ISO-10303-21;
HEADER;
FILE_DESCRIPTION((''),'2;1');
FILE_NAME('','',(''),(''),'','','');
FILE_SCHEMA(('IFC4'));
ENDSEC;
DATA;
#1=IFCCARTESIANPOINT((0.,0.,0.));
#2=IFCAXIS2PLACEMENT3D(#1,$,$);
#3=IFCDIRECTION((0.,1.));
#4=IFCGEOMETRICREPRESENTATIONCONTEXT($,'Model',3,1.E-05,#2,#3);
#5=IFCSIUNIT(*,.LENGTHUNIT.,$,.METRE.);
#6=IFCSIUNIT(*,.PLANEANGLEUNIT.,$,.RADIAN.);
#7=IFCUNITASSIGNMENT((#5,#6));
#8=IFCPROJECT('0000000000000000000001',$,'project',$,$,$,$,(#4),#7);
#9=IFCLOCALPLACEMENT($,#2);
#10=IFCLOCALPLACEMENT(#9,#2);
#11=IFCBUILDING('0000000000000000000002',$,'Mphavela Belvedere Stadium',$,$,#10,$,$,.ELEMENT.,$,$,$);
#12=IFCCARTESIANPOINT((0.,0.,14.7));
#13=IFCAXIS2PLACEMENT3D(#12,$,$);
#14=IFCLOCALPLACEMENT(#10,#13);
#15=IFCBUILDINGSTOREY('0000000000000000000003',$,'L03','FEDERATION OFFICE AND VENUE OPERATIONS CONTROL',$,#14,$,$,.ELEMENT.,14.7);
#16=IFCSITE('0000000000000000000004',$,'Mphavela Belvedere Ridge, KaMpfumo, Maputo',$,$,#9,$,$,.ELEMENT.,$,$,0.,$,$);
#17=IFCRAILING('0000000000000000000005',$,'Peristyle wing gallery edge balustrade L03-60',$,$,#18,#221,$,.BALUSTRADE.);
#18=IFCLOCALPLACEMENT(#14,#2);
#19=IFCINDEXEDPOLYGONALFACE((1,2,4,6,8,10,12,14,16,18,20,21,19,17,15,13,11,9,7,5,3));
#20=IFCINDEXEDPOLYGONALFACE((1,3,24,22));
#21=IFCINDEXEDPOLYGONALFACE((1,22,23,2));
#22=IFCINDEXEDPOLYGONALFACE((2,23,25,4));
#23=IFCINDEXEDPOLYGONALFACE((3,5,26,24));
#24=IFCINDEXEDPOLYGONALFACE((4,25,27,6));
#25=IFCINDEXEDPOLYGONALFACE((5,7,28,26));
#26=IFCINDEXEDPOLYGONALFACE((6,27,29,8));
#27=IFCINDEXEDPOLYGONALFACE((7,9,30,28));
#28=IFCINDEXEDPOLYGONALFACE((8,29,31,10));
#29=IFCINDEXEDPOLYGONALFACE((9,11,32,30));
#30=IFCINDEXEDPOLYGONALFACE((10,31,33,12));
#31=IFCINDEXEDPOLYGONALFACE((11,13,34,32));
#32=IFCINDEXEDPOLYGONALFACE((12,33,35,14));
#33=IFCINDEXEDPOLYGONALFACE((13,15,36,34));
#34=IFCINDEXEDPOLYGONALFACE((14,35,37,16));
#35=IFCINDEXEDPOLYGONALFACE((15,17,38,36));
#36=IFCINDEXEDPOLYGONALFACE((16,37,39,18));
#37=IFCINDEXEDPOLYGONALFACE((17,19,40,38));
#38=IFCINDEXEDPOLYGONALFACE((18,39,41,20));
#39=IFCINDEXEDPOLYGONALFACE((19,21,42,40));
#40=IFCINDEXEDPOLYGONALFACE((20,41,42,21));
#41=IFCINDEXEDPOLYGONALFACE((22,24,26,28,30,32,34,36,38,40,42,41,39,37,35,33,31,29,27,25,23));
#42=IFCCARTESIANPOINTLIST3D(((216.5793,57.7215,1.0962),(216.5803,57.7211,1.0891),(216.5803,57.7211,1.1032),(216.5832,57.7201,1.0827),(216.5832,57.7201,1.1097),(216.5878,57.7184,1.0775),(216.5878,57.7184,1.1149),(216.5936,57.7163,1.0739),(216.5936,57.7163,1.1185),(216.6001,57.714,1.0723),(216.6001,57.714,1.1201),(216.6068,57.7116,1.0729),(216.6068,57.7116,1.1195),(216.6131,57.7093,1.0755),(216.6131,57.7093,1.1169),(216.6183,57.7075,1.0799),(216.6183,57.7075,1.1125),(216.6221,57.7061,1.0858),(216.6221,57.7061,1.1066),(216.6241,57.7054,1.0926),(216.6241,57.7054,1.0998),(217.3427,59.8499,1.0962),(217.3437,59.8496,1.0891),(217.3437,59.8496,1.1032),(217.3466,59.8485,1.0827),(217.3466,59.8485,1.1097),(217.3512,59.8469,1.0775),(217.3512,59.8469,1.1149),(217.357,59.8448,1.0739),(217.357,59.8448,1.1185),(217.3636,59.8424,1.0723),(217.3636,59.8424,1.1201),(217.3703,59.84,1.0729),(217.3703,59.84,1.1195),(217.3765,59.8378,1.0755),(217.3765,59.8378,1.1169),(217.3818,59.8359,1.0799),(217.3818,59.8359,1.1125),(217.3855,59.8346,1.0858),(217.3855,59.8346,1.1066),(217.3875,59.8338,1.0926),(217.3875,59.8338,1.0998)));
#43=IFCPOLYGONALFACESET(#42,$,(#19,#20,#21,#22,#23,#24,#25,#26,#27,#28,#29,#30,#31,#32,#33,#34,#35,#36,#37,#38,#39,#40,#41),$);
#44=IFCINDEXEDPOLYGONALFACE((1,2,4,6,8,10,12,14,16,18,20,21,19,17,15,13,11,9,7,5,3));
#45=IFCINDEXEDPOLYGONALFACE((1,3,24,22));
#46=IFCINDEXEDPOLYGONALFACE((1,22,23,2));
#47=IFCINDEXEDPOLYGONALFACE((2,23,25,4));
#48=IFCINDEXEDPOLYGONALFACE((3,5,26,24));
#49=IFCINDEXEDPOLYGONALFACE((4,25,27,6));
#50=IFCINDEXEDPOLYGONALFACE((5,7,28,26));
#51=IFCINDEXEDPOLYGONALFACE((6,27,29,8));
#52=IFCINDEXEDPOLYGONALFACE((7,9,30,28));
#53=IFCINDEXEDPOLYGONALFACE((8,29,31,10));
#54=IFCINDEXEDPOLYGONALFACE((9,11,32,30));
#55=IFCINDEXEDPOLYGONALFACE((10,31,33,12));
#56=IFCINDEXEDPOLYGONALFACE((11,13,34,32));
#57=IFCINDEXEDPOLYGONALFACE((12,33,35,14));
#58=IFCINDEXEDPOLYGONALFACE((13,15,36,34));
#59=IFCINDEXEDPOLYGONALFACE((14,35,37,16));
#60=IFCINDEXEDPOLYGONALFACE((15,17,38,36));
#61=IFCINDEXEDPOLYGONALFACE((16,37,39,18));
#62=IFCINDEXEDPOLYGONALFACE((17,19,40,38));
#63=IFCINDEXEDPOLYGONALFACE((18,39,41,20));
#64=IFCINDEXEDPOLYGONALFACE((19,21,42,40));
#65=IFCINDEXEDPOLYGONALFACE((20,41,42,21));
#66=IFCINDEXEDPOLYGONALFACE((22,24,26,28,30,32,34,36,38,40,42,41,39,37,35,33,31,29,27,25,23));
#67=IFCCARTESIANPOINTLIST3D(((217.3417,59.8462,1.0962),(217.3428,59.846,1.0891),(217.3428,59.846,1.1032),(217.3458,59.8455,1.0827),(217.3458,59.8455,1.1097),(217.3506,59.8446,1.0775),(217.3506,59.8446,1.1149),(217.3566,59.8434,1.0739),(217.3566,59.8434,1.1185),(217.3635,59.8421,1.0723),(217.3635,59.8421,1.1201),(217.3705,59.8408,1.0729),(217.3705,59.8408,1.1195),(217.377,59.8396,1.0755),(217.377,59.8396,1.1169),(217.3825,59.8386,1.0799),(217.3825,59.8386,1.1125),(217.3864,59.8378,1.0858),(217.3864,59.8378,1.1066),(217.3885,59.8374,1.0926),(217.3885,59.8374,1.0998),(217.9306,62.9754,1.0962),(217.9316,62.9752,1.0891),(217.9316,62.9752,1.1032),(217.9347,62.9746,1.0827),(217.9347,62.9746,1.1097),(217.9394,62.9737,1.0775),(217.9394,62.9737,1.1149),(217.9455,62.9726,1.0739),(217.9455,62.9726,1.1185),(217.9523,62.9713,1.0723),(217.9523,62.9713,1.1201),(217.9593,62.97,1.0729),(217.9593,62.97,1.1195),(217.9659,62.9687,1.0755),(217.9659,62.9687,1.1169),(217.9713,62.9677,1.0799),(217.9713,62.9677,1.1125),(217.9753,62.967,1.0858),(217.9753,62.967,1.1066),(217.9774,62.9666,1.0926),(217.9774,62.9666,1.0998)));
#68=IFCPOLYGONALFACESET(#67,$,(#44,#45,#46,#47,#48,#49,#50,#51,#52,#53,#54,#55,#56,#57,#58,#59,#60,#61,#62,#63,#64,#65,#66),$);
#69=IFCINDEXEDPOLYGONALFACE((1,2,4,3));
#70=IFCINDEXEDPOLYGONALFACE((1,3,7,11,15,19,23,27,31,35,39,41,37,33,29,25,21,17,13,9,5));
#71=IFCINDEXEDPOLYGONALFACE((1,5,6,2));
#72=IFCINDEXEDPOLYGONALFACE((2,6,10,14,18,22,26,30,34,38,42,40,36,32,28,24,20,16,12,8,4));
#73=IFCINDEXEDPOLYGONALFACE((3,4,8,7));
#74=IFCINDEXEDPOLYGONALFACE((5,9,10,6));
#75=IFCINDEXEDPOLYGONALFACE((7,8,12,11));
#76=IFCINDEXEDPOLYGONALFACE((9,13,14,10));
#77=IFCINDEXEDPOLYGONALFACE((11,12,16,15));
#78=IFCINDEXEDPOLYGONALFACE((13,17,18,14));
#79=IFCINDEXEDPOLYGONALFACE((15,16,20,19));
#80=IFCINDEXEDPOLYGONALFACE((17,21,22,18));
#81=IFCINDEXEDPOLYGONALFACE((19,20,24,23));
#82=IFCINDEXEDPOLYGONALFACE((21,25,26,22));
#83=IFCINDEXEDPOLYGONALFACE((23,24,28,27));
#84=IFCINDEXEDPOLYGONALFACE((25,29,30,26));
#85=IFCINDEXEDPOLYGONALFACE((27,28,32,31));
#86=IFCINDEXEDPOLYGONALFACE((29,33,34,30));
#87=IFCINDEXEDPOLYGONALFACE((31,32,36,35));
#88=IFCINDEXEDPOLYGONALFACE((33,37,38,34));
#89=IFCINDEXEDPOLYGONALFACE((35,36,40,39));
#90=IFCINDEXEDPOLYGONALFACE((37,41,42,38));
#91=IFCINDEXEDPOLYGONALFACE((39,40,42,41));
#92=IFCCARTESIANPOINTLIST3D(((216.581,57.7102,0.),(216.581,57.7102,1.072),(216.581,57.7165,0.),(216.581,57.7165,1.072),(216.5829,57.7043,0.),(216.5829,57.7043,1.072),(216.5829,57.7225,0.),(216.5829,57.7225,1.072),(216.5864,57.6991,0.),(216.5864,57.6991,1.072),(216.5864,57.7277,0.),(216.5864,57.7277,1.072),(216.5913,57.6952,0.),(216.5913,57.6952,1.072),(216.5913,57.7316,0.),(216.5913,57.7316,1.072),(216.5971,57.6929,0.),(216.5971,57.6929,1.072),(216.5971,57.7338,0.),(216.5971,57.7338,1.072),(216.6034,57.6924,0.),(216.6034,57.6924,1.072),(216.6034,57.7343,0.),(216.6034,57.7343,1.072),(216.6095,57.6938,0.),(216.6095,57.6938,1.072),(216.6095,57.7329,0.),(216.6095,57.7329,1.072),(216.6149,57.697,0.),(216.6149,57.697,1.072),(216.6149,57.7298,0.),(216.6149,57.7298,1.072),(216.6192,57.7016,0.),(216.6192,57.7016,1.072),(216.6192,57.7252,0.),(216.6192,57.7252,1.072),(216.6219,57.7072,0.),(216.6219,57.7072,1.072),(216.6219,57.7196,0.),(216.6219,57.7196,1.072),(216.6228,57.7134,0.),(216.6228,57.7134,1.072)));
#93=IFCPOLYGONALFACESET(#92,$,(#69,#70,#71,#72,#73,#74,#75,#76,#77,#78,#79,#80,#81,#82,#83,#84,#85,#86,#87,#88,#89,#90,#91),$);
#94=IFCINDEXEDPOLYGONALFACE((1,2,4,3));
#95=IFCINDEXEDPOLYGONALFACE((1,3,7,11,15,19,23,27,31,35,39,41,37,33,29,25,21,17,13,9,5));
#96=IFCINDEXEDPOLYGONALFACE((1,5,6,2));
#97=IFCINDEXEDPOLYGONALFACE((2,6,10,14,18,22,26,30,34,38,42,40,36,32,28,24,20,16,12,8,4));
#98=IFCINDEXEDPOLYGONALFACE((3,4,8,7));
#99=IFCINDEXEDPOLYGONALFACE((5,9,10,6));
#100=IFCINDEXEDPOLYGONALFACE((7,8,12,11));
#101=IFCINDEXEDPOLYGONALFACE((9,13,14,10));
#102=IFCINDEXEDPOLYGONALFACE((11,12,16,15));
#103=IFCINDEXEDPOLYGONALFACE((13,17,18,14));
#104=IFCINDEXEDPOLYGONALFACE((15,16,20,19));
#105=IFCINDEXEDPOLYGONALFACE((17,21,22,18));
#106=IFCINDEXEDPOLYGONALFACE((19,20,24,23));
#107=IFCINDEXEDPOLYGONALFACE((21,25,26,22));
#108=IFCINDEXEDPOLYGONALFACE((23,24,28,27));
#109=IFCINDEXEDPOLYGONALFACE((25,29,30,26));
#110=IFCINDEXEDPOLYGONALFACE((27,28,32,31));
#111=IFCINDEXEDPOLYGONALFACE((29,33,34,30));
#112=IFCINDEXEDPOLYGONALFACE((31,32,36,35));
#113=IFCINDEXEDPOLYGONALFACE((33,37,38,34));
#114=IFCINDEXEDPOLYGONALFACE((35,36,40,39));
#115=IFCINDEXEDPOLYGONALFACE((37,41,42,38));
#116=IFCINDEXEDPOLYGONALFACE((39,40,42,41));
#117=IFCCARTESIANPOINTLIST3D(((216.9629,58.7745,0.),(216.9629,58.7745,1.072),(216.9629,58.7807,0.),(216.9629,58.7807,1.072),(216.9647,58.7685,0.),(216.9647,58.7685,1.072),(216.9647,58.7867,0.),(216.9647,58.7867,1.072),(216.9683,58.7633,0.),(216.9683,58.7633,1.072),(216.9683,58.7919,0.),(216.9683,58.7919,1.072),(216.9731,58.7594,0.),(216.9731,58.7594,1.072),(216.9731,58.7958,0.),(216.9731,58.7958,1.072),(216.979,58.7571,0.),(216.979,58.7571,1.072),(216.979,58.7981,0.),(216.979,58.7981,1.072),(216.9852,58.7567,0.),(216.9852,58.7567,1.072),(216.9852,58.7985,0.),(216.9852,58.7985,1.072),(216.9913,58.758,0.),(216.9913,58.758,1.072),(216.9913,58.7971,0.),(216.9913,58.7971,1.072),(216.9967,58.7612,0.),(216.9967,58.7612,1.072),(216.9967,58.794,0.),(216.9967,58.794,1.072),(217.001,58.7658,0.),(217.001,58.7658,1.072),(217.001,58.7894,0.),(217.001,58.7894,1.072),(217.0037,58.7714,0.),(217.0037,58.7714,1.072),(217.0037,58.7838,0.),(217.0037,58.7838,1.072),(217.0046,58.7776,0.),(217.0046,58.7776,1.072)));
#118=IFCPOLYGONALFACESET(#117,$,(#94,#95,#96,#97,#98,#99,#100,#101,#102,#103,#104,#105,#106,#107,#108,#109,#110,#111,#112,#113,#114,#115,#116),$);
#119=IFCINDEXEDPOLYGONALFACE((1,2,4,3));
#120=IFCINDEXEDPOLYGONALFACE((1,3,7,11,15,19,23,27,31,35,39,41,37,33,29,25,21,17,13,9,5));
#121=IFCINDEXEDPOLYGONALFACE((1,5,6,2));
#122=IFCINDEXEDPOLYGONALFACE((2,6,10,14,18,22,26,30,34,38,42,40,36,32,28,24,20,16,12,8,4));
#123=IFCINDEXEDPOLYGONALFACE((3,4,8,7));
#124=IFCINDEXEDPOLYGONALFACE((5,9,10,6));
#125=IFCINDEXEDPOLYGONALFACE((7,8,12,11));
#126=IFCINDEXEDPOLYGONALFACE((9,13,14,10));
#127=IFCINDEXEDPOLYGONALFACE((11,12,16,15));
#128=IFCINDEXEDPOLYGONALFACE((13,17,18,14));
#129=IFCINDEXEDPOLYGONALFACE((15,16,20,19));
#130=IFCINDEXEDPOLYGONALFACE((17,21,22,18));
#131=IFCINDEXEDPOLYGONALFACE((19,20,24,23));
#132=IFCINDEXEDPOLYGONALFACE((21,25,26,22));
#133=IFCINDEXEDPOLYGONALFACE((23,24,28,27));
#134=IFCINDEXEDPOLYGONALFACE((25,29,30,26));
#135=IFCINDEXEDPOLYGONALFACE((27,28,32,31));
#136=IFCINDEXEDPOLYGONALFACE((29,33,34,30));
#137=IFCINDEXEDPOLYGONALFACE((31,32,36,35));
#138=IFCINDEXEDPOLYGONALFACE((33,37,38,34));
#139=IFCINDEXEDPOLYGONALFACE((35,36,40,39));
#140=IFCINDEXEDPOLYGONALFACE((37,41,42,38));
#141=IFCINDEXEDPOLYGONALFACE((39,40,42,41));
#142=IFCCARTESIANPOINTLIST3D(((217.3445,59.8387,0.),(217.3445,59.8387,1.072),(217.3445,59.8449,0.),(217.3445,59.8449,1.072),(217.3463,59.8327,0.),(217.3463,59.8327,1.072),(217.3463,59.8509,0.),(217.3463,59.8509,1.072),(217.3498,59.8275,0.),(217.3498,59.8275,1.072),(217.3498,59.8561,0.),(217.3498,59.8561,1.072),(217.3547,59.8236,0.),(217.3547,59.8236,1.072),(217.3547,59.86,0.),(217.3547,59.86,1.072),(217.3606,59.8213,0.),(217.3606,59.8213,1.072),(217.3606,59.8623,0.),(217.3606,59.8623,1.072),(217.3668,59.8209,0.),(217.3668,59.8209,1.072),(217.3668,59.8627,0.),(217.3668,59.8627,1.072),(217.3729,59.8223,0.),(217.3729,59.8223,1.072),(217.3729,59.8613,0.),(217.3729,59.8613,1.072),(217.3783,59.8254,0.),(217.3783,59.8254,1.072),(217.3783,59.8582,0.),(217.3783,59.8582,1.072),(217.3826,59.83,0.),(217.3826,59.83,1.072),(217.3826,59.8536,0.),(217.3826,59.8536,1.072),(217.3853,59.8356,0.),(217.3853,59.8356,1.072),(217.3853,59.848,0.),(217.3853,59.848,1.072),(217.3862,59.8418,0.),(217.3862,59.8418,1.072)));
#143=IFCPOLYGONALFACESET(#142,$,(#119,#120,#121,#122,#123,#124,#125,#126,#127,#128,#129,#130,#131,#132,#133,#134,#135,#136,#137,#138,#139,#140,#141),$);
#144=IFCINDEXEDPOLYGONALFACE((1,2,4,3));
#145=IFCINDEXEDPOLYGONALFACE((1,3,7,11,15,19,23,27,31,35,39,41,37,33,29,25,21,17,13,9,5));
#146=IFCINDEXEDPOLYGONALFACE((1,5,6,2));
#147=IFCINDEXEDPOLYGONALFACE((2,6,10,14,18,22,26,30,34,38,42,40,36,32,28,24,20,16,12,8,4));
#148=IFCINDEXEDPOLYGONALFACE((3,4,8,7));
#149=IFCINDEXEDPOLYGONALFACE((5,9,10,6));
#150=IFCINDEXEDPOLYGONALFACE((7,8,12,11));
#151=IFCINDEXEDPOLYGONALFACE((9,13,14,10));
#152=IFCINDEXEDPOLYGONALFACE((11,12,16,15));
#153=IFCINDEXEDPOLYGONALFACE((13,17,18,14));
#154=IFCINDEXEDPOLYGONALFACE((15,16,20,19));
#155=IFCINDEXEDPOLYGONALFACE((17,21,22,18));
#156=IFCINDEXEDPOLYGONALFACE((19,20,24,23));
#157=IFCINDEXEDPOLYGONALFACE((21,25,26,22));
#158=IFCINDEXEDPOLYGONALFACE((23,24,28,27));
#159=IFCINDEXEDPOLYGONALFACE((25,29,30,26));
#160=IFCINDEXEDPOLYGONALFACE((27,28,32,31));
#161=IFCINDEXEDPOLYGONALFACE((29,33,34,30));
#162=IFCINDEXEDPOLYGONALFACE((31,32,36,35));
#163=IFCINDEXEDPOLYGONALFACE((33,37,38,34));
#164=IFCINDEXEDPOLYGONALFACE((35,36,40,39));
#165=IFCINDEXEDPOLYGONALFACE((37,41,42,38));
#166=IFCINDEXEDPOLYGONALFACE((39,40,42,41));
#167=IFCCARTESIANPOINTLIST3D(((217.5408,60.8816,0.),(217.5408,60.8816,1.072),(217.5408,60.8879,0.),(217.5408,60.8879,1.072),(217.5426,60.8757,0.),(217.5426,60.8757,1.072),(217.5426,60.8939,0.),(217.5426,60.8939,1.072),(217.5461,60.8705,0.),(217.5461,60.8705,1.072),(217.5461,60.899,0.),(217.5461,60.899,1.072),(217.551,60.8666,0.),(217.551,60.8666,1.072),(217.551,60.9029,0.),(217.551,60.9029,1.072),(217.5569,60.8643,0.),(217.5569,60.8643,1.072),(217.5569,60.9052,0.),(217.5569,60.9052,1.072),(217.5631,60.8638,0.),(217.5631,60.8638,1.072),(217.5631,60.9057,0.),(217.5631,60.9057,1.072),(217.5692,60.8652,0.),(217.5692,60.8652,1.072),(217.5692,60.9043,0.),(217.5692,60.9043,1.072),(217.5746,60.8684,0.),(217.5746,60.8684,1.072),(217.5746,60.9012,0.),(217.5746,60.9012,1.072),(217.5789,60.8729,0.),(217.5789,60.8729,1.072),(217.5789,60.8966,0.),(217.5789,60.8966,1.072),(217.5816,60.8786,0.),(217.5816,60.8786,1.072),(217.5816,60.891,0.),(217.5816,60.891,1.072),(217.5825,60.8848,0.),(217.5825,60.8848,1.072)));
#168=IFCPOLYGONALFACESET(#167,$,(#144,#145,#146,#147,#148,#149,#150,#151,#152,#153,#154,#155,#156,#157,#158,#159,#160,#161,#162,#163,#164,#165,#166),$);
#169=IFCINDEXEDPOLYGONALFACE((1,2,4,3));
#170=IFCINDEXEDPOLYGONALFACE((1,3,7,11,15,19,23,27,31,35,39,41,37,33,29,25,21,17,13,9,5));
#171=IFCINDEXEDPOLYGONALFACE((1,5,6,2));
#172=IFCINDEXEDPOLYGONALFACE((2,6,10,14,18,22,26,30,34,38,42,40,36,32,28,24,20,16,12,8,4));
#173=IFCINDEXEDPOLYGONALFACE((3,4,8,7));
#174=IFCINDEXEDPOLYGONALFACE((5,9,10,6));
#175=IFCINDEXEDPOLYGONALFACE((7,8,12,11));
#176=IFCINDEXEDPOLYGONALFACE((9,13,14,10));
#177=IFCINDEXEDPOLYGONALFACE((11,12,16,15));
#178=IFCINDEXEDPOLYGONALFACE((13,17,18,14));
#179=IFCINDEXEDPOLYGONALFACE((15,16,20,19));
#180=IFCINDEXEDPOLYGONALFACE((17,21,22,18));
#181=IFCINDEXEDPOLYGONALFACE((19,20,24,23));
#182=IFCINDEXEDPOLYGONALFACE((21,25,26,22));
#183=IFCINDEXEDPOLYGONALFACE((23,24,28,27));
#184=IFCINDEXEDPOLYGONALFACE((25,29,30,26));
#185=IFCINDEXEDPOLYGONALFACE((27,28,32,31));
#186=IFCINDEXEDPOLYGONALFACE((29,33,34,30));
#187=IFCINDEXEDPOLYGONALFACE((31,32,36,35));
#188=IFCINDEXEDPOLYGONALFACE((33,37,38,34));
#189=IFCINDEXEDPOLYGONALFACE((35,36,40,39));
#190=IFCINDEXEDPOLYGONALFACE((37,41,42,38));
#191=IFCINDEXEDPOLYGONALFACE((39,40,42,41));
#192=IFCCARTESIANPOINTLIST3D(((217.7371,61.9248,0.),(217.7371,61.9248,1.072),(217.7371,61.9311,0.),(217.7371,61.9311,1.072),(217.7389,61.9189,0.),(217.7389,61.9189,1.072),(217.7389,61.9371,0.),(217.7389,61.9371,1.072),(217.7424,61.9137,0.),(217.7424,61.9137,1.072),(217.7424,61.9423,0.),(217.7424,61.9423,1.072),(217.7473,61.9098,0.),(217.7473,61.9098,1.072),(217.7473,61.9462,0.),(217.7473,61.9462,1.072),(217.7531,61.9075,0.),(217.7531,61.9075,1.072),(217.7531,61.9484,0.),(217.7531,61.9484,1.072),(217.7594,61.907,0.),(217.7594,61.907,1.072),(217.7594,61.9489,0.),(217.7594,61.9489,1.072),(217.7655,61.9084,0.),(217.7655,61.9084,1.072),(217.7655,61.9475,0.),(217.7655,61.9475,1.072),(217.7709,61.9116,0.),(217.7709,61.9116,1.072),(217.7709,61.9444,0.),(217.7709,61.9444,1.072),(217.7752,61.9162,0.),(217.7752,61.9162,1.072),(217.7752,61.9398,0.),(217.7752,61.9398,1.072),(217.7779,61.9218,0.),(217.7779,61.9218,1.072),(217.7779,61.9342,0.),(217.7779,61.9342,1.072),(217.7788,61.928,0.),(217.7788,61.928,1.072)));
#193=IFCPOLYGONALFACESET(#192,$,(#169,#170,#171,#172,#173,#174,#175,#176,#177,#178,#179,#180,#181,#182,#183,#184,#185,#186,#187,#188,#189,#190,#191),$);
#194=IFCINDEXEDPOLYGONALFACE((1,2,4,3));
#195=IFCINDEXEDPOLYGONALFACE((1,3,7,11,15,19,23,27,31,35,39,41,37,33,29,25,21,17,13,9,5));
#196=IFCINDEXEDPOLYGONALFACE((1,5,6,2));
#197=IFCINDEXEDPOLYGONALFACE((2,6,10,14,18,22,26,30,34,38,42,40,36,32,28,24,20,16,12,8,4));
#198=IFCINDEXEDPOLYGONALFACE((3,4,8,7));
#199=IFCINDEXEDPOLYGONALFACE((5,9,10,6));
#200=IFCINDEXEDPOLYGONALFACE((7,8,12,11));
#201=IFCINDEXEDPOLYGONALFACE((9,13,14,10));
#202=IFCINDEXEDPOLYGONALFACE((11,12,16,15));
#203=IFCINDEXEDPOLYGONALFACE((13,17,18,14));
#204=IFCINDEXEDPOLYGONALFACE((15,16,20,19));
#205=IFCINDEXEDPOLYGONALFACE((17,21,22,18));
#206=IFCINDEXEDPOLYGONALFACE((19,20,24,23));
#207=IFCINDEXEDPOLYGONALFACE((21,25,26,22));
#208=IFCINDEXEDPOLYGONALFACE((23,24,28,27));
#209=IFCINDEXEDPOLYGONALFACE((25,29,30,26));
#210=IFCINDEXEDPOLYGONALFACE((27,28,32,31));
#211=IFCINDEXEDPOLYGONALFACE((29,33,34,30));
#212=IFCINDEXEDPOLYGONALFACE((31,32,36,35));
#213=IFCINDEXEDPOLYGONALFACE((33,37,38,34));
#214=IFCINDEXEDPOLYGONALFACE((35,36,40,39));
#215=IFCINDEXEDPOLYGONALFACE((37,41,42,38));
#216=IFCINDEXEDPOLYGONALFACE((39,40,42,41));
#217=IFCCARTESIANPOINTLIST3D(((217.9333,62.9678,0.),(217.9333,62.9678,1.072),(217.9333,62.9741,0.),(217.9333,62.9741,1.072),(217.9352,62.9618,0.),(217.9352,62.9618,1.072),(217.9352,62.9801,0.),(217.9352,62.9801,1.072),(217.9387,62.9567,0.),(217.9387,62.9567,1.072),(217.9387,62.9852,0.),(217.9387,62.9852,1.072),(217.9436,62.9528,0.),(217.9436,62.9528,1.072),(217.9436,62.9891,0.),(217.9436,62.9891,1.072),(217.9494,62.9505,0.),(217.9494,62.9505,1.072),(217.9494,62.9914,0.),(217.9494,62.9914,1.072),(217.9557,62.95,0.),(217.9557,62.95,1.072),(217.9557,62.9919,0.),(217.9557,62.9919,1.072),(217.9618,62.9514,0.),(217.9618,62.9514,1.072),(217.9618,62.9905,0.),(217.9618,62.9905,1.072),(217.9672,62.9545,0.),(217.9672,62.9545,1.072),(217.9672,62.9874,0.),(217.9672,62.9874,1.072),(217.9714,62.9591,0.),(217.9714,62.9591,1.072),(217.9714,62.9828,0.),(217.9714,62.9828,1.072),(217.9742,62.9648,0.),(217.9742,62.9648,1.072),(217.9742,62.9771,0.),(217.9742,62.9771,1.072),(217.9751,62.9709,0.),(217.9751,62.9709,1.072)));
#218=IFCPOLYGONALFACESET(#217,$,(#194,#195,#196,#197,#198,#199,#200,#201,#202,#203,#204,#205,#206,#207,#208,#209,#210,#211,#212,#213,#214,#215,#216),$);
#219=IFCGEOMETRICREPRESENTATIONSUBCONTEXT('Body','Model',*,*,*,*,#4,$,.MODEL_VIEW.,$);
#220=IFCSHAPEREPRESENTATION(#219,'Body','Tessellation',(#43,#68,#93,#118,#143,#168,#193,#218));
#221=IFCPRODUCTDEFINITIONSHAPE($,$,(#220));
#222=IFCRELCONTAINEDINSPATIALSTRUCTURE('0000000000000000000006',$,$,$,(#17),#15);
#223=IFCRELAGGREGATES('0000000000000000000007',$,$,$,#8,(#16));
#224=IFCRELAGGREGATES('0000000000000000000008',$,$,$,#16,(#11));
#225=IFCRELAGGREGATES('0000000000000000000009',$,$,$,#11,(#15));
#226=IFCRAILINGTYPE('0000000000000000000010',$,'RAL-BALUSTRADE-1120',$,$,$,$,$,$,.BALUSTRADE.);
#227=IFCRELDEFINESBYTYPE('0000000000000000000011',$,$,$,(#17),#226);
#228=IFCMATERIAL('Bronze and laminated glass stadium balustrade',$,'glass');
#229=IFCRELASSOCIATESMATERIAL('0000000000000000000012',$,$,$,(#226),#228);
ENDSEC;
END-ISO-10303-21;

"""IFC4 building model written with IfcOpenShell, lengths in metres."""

from ifc_helpers import new_model, si_unit, direction, frame, origin, origin_2d, place, context, subcontext, project, spatial, circle, extrude, material, type_object, element, save


model = new_model("IFC4")

# Units and contexts
model_context = context("Model", 3, precision=1e-05, world=origin(), true_north=direction((0.0, 1.0)))
body_context = subcontext(model_context, "Body", "Model", "MODEL_VIEW")
ifc_project = project(units=[si_unit("LENGTHUNIT", "METRE"), si_unit("PLANEANGLEUNIT", "RADIAN")], contexts=[model_context])

# Site, building, storey
site_placement = place(None, origin())
site = spatial("IfcSite", under=ifc_project, at=site_placement, Name="Mphavela Belvedere Ridge, KaMpfumo, Maputo", CompositionType="ELEMENT", RefElevation=0.0)
building_placement = place(site_placement, origin())
building = spatial("IfcBuilding", under=site, at=building_placement, Name="Mphavela Belvedere Stadium", CompositionType="ELEMENT")
storey_placement = place(building_placement, frame((0.0, 0.0, 14.7)))
storey = spatial("IfcBuildingStorey", under=building, at=storey_placement, Name="L03", Description="FEDERATION OFFICE AND VENUE OPERATIONS CONTROL", CompositionType="ELEMENT", Elevation=14.7)

# Railing
ifc_material_1 = material(Name="Bronze and laminated glass stadium balustrade", Category="glass")
railing_type = type_object("IfcRailingType", Name="RAL-BALUSTRADE-1120", PredefinedType="BALUSTRADE", material=ifc_material_1)
railing_1_placement = place(storey_placement, frame((216.6018, 57.7134, 0.0)))
element("IfcRailing", 1, at=railing_1_placement, inside=storey, type_object=railing_type, Name="Peristyle wing gallery edge balustrade L03-60", PredefinedType="BALUSTRADE", context=body_context, shape_type="SweptSolid", body=[
    extrude(circle(Radius=0.0239, at=origin_2d()), frame((0.0, 0.0, 1.0962), z_axis=(0.337622, 0.941282, 0.0), x_axis=(-0.941282, 0.337622, 0.0)), (0.0, 0.0, 1.0), 2.2612),
    extrude(circle(Radius=0.0239, at=origin_2d()), frame((0.7634, 2.1284, 1.0962), z_axis=(0.184941, 0.98275, 0.0), x_axis=(-0.98275, 0.184941, 0.0)), (0.0, 0.0, 1.0), 3.1841),
    extrude(circle(Radius=0.021, at=origin_2d()), origin(), (0.0, 0.0, 1.0), 1.072),
    extrude(circle(Radius=0.021, at=origin_2d()), frame((0.3818, 1.0642, 0.0)), (0.0, 0.0, 1.0), 1.072),
    extrude(circle(Radius=0.021, at=origin_2d()), frame((0.7634, 2.1284, 0.0)), (0.0, 0.0, 1.0), 1.072),
    extrude(circle(Radius=0.021, at=origin_2d()), frame((0.9597, 3.1714, 0.0)), (0.0, 0.0, 1.0), 1.072),
    extrude(circle(Radius=0.021, at=origin_2d()), frame((1.156, 4.2146, 0.0)), (0.0, 0.0, 1.0), 1.072),
    extrude(circle(Radius=0.021, at=origin_2d()), frame((1.3523, 5.2576, 0.0)), (0.0, 0.0, 1.0), 1.072),
])

save(model, "model.ifc")
